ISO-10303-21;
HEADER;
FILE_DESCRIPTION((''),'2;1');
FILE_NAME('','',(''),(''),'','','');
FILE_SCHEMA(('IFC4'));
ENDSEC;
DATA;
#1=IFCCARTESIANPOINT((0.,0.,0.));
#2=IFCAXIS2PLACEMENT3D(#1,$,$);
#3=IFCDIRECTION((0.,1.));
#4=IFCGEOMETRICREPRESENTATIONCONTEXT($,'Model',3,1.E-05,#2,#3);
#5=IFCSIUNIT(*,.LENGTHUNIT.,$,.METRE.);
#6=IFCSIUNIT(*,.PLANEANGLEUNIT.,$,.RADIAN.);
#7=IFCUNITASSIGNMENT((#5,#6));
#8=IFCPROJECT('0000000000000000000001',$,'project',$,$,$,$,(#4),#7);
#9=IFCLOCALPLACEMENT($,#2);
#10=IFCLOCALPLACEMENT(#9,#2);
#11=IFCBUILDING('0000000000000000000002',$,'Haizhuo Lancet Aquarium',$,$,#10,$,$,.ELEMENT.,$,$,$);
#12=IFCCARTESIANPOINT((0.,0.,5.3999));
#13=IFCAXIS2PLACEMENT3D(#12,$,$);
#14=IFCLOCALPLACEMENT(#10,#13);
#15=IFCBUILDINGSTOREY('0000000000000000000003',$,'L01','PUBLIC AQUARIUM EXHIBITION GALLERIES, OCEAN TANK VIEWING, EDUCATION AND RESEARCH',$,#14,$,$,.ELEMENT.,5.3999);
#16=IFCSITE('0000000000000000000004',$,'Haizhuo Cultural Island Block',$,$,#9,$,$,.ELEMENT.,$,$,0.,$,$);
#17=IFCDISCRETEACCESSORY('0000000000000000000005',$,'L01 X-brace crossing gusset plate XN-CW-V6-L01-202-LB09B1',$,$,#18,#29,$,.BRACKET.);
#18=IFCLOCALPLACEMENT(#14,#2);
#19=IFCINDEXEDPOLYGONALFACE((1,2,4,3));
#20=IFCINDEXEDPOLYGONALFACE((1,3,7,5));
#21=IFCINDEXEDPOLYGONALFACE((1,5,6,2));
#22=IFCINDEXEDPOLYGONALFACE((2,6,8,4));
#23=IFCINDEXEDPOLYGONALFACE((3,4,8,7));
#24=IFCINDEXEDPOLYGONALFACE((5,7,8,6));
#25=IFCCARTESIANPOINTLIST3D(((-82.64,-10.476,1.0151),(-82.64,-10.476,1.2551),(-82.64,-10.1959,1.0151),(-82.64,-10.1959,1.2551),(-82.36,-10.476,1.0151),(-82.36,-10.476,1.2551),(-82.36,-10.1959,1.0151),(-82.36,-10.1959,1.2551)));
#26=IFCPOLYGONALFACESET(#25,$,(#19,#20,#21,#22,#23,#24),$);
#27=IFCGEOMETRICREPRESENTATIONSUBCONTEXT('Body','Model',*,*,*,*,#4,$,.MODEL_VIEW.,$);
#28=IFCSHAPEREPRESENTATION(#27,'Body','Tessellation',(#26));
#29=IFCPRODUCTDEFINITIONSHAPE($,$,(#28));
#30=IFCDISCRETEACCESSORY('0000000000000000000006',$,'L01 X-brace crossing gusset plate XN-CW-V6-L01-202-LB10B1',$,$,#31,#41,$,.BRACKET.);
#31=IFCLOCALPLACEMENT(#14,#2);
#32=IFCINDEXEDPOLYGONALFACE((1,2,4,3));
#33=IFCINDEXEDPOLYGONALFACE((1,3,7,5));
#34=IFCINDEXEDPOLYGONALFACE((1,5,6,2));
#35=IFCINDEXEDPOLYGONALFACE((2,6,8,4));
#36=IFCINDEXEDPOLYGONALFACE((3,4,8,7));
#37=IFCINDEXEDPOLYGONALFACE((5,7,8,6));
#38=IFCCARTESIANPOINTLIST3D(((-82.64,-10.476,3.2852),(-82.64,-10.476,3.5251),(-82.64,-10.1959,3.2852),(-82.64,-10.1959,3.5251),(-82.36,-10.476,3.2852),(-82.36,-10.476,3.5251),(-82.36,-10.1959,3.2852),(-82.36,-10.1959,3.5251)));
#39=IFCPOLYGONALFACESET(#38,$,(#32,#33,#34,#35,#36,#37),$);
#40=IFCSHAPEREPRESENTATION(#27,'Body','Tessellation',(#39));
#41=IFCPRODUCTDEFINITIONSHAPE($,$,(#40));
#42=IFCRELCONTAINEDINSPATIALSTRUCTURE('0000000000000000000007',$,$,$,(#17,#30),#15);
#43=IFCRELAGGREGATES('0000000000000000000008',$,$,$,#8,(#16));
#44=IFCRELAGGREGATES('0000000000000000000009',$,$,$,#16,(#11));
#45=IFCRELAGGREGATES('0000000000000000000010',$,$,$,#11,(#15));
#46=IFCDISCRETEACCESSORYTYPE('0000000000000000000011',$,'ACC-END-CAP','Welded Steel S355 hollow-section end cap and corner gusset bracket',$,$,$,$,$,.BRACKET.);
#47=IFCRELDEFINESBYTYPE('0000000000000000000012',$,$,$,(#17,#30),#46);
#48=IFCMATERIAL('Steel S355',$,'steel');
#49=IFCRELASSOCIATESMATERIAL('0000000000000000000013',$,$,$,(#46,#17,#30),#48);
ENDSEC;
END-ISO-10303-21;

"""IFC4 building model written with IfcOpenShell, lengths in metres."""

from ifc_helpers import new_model, si_unit, direction, frame, origin, origin_2d, place, context, subcontext, project, spatial, rectangle, extrude, material, type_object, element, save


model = new_model("IFC4")

# Units and contexts
model_context = context("Model", 3, precision=1e-05, world=origin(), true_north=direction((0.0, 1.0)))
body_context = subcontext(model_context, "Body", "Model", "MODEL_VIEW")
ifc_project = project(units=[si_unit("LENGTHUNIT", "METRE"), si_unit("PLANEANGLEUNIT", "RADIAN")], contexts=[model_context])

# Site, building, storey
site_placement = place(None, origin())
site = spatial("IfcSite", under=ifc_project, at=site_placement, Name="Haizhuo Cultural Island Block", CompositionType="ELEMENT", RefElevation=0.0)
building_placement = place(site_placement, origin())
building = spatial("IfcBuilding", under=site, at=building_placement, Name="Haizhuo Lancet Aquarium", CompositionType="ELEMENT")
storey_placement = place(building_placement, frame((0.0, 0.0, 5.3999)))
storey = spatial("IfcBuildingStorey", under=building, at=storey_placement, Name="L01", Description="PUBLIC AQUARIUM EXHIBITION GALLERIES, OCEAN TANK VIEWING, EDUCATION AND RESEARCH", CompositionType="ELEMENT", Elevation=5.3999)

# Shared definitions
ifc_material_1 = material(Name="Steel S355", Category="steel")

# Discrete accessories
discrete_accessory_type = type_object("IfcDiscreteAccessoryType", Name="ACC-END-CAP", Description="Welded Steel S355 hollow-section end cap and corner gusset bracket", PredefinedType="BRACKET", material=ifc_material_1)
for number, where, z_axis, x_axis, name in (
    (1, (-82.5, -10.3359, 1.0151), (0.0, 0.0, 1.0), (1.0, 0.0, 0.0), "L01 X-brace crossing gusset plate XN-CW-V6-L01-202-LB09B1"),
    (2, (-82.5, -10.3359, 3.2852), (0.0, 0.0, 1.0), (1.0, 0.0, 0.0), "L01 X-brace crossing gusset plate XN-CW-V6-L01-202-LB10B1"),
):
    element("IfcDiscreteAccessory", number, at=place(storey_placement, frame(where, z_axis=z_axis, x_axis=x_axis)), inside=storey, type_object=discrete_accessory_type, material=ifc_material_1, Name=name, PredefinedType="BRACKET", context=body_context, shape_type="SweptSolid", body=[
        extrude(rectangle(XDim=0.28, YDim=0.28, at=origin_2d()), origin(), (0.0, 0.0, 1.0), 0.24),
    ])

save(model, "model.ifc")
